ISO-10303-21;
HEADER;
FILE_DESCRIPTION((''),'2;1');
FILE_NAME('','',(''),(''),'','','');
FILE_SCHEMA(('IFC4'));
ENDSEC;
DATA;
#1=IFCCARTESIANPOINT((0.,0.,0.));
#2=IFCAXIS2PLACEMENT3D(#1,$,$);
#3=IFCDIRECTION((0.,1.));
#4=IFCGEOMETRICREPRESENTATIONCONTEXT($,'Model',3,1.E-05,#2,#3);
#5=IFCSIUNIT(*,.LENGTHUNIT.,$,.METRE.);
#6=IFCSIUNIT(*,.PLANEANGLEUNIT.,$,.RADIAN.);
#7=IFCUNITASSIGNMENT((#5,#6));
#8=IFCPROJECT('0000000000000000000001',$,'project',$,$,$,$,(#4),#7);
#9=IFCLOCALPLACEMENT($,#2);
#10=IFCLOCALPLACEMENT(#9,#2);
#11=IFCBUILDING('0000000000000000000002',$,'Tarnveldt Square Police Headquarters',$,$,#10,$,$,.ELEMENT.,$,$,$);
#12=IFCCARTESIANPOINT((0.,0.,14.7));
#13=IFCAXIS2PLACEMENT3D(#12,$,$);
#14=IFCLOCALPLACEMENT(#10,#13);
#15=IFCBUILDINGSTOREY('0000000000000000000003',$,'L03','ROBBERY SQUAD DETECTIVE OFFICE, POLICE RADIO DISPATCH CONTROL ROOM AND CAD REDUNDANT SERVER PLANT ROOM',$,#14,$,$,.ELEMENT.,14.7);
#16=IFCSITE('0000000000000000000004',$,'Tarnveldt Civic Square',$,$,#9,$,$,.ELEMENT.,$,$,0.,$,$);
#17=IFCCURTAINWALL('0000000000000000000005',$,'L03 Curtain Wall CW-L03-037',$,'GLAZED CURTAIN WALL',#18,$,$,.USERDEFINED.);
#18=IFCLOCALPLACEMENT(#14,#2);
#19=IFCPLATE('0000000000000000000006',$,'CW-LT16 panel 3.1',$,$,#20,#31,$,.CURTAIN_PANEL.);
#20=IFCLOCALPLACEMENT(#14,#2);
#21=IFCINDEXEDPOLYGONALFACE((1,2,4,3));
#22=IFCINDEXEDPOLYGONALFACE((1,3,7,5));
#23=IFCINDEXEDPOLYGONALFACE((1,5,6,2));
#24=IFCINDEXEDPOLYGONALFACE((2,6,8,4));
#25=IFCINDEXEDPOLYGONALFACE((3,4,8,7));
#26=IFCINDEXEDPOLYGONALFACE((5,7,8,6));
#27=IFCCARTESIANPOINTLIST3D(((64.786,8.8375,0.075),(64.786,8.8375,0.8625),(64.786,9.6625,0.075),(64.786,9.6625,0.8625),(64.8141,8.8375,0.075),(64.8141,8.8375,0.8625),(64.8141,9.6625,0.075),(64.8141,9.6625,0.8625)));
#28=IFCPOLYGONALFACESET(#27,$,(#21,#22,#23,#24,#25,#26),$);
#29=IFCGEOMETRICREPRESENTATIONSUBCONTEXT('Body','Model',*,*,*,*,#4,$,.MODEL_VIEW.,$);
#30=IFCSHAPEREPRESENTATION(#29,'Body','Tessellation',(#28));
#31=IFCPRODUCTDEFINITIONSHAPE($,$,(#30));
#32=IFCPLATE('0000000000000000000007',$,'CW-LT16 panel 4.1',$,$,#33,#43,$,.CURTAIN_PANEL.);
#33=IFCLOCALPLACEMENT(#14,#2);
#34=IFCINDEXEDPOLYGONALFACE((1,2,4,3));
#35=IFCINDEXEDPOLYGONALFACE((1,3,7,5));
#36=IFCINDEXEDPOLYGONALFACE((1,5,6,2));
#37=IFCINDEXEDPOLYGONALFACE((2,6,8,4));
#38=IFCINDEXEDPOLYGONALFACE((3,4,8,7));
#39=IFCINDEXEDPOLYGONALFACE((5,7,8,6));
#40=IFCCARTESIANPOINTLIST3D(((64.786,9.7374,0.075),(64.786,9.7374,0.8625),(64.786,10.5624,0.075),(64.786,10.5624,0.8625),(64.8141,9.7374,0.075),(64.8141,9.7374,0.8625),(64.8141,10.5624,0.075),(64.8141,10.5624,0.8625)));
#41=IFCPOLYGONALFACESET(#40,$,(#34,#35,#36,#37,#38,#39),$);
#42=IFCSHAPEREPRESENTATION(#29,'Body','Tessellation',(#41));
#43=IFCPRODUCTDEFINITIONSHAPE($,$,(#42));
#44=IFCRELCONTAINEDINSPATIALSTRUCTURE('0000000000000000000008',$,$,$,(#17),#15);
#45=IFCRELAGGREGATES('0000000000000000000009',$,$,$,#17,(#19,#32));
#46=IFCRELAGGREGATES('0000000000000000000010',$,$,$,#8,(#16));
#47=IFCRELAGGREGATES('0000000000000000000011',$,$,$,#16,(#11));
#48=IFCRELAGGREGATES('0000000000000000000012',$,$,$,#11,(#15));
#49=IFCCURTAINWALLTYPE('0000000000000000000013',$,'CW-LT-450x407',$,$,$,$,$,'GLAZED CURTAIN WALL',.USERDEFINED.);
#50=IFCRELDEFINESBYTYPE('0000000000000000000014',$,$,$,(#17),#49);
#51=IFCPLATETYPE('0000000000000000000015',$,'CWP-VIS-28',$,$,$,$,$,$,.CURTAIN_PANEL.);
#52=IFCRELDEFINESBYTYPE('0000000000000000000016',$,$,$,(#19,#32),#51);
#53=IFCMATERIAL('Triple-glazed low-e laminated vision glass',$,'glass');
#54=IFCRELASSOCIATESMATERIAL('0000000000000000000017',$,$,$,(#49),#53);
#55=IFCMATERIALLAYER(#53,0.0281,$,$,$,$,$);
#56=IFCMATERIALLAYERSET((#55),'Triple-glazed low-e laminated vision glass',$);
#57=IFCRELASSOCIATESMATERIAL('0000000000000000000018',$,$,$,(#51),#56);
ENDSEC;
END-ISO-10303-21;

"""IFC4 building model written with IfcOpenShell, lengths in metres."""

from ifc_helpers import new_model, si_unit, direction, frame, origin, origin_2d, place, context, subcontext, project, spatial, rectangle, extrude, material, layer, layer_set, type_object, element, aggregate, save


model = new_model("IFC4")

# Units and contexts
model_context = context("Model", 3, precision=1e-05, world=origin(), true_north=direction((0.0, 1.0)))
body_context = subcontext(model_context, "Body", "Model", "MODEL_VIEW")
ifc_project = project(units=[si_unit("LENGTHUNIT", "METRE"), si_unit("PLANEANGLEUNIT", "RADIAN")], contexts=[model_context])

# Site, building, storey
site_placement = place(None, origin())
site = spatial("IfcSite", under=ifc_project, at=site_placement, Name="Tarnveldt Civic Square", CompositionType="ELEMENT", RefElevation=0.0)
building_placement = place(site_placement, origin())
building = spatial("IfcBuilding", under=site, at=building_placement, Name="Tarnveldt Square Police Headquarters", CompositionType="ELEMENT")
storey_placement = place(building_placement, frame((0.0, 0.0, 14.7)))
storey = spatial("IfcBuildingStorey", under=building, at=storey_placement, Name="L03", Description="ROBBERY SQUAD DETECTIVE OFFICE, POLICE RADIO DISPATCH CONTROL ROOM AND CAD REDUNDANT SERVER PLANT ROOM", CompositionType="ELEMENT", Elevation=14.7)

# Curtain wall
ifc_material_1 = material(Name="Triple-glazed low-e laminated vision glass", Category="glass")
curtain_wall_type_1 = type_object("IfcCurtainWallType", Name="CW-LT-450x407", ElementType="GLAZED CURTAIN WALL", PredefinedType="USERDEFINED", material=ifc_material_1)
curtain_wall_1_placement = place(storey_placement, origin())
curtain_wall_1 = element("IfcCurtainWall", 1, at=curtain_wall_1_placement, inside=storey, type_object=curtain_wall_type_1, Name="L03 Curtain Wall CW-L03-037", ObjectType="GLAZED CURTAIN WALL", PredefinedType="USERDEFINED")

# Plates
ifc_layer_1 = layer(ifc_material_1, 0.0281)
ifc_layer_set_1 = layer_set([ifc_layer_1], Name="Triple-glazed low-e laminated vision glass")
plate_type_1 = type_object("IfcPlateType", Name="CWP-VIS-28", PredefinedType="CURTAIN_PANEL", material=ifc_layer_set_1)
plate_1_placement = place(storey_placement, frame((64.8, 9.25, 0.075), z_axis=(0.0, 0.0, 1.0), x_axis=(0.0, 1.0, 0.0)))
plate_1 = element("IfcPlate", 2, at=plate_1_placement, type_object=plate_type_1, Name="CW-LT16 panel 3.1", PredefinedType="CURTAIN_PANEL", context=body_context, shape_type="SweptSolid", body=[
    extrude(rectangle(XDim=0.825, YDim=0.0281, at=origin_2d()), origin(), (0.0, 0.0, 1.0), 0.7876),
])
plate_2_placement = place(storey_placement, frame((64.8, 10.1499, 0.075), z_axis=(0.0, 0.0, 1.0), x_axis=(0.0, 1.0, 0.0)))
plate_2 = element("IfcPlate", 3, at=plate_2_placement, type_object=plate_type_1, Name="CW-LT16 panel 4.1", PredefinedType="CURTAIN_PANEL", context=body_context, shape_type="SweptSolid", body=[
    extrude(rectangle(XDim=0.825, YDim=0.0281, at=origin_2d()), origin(), (0.0, 0.0, 1.0), 0.7876),
])
aggregate(curtain_wall_1, [plate_1, plate_2])

save(model, "model.ifc")
